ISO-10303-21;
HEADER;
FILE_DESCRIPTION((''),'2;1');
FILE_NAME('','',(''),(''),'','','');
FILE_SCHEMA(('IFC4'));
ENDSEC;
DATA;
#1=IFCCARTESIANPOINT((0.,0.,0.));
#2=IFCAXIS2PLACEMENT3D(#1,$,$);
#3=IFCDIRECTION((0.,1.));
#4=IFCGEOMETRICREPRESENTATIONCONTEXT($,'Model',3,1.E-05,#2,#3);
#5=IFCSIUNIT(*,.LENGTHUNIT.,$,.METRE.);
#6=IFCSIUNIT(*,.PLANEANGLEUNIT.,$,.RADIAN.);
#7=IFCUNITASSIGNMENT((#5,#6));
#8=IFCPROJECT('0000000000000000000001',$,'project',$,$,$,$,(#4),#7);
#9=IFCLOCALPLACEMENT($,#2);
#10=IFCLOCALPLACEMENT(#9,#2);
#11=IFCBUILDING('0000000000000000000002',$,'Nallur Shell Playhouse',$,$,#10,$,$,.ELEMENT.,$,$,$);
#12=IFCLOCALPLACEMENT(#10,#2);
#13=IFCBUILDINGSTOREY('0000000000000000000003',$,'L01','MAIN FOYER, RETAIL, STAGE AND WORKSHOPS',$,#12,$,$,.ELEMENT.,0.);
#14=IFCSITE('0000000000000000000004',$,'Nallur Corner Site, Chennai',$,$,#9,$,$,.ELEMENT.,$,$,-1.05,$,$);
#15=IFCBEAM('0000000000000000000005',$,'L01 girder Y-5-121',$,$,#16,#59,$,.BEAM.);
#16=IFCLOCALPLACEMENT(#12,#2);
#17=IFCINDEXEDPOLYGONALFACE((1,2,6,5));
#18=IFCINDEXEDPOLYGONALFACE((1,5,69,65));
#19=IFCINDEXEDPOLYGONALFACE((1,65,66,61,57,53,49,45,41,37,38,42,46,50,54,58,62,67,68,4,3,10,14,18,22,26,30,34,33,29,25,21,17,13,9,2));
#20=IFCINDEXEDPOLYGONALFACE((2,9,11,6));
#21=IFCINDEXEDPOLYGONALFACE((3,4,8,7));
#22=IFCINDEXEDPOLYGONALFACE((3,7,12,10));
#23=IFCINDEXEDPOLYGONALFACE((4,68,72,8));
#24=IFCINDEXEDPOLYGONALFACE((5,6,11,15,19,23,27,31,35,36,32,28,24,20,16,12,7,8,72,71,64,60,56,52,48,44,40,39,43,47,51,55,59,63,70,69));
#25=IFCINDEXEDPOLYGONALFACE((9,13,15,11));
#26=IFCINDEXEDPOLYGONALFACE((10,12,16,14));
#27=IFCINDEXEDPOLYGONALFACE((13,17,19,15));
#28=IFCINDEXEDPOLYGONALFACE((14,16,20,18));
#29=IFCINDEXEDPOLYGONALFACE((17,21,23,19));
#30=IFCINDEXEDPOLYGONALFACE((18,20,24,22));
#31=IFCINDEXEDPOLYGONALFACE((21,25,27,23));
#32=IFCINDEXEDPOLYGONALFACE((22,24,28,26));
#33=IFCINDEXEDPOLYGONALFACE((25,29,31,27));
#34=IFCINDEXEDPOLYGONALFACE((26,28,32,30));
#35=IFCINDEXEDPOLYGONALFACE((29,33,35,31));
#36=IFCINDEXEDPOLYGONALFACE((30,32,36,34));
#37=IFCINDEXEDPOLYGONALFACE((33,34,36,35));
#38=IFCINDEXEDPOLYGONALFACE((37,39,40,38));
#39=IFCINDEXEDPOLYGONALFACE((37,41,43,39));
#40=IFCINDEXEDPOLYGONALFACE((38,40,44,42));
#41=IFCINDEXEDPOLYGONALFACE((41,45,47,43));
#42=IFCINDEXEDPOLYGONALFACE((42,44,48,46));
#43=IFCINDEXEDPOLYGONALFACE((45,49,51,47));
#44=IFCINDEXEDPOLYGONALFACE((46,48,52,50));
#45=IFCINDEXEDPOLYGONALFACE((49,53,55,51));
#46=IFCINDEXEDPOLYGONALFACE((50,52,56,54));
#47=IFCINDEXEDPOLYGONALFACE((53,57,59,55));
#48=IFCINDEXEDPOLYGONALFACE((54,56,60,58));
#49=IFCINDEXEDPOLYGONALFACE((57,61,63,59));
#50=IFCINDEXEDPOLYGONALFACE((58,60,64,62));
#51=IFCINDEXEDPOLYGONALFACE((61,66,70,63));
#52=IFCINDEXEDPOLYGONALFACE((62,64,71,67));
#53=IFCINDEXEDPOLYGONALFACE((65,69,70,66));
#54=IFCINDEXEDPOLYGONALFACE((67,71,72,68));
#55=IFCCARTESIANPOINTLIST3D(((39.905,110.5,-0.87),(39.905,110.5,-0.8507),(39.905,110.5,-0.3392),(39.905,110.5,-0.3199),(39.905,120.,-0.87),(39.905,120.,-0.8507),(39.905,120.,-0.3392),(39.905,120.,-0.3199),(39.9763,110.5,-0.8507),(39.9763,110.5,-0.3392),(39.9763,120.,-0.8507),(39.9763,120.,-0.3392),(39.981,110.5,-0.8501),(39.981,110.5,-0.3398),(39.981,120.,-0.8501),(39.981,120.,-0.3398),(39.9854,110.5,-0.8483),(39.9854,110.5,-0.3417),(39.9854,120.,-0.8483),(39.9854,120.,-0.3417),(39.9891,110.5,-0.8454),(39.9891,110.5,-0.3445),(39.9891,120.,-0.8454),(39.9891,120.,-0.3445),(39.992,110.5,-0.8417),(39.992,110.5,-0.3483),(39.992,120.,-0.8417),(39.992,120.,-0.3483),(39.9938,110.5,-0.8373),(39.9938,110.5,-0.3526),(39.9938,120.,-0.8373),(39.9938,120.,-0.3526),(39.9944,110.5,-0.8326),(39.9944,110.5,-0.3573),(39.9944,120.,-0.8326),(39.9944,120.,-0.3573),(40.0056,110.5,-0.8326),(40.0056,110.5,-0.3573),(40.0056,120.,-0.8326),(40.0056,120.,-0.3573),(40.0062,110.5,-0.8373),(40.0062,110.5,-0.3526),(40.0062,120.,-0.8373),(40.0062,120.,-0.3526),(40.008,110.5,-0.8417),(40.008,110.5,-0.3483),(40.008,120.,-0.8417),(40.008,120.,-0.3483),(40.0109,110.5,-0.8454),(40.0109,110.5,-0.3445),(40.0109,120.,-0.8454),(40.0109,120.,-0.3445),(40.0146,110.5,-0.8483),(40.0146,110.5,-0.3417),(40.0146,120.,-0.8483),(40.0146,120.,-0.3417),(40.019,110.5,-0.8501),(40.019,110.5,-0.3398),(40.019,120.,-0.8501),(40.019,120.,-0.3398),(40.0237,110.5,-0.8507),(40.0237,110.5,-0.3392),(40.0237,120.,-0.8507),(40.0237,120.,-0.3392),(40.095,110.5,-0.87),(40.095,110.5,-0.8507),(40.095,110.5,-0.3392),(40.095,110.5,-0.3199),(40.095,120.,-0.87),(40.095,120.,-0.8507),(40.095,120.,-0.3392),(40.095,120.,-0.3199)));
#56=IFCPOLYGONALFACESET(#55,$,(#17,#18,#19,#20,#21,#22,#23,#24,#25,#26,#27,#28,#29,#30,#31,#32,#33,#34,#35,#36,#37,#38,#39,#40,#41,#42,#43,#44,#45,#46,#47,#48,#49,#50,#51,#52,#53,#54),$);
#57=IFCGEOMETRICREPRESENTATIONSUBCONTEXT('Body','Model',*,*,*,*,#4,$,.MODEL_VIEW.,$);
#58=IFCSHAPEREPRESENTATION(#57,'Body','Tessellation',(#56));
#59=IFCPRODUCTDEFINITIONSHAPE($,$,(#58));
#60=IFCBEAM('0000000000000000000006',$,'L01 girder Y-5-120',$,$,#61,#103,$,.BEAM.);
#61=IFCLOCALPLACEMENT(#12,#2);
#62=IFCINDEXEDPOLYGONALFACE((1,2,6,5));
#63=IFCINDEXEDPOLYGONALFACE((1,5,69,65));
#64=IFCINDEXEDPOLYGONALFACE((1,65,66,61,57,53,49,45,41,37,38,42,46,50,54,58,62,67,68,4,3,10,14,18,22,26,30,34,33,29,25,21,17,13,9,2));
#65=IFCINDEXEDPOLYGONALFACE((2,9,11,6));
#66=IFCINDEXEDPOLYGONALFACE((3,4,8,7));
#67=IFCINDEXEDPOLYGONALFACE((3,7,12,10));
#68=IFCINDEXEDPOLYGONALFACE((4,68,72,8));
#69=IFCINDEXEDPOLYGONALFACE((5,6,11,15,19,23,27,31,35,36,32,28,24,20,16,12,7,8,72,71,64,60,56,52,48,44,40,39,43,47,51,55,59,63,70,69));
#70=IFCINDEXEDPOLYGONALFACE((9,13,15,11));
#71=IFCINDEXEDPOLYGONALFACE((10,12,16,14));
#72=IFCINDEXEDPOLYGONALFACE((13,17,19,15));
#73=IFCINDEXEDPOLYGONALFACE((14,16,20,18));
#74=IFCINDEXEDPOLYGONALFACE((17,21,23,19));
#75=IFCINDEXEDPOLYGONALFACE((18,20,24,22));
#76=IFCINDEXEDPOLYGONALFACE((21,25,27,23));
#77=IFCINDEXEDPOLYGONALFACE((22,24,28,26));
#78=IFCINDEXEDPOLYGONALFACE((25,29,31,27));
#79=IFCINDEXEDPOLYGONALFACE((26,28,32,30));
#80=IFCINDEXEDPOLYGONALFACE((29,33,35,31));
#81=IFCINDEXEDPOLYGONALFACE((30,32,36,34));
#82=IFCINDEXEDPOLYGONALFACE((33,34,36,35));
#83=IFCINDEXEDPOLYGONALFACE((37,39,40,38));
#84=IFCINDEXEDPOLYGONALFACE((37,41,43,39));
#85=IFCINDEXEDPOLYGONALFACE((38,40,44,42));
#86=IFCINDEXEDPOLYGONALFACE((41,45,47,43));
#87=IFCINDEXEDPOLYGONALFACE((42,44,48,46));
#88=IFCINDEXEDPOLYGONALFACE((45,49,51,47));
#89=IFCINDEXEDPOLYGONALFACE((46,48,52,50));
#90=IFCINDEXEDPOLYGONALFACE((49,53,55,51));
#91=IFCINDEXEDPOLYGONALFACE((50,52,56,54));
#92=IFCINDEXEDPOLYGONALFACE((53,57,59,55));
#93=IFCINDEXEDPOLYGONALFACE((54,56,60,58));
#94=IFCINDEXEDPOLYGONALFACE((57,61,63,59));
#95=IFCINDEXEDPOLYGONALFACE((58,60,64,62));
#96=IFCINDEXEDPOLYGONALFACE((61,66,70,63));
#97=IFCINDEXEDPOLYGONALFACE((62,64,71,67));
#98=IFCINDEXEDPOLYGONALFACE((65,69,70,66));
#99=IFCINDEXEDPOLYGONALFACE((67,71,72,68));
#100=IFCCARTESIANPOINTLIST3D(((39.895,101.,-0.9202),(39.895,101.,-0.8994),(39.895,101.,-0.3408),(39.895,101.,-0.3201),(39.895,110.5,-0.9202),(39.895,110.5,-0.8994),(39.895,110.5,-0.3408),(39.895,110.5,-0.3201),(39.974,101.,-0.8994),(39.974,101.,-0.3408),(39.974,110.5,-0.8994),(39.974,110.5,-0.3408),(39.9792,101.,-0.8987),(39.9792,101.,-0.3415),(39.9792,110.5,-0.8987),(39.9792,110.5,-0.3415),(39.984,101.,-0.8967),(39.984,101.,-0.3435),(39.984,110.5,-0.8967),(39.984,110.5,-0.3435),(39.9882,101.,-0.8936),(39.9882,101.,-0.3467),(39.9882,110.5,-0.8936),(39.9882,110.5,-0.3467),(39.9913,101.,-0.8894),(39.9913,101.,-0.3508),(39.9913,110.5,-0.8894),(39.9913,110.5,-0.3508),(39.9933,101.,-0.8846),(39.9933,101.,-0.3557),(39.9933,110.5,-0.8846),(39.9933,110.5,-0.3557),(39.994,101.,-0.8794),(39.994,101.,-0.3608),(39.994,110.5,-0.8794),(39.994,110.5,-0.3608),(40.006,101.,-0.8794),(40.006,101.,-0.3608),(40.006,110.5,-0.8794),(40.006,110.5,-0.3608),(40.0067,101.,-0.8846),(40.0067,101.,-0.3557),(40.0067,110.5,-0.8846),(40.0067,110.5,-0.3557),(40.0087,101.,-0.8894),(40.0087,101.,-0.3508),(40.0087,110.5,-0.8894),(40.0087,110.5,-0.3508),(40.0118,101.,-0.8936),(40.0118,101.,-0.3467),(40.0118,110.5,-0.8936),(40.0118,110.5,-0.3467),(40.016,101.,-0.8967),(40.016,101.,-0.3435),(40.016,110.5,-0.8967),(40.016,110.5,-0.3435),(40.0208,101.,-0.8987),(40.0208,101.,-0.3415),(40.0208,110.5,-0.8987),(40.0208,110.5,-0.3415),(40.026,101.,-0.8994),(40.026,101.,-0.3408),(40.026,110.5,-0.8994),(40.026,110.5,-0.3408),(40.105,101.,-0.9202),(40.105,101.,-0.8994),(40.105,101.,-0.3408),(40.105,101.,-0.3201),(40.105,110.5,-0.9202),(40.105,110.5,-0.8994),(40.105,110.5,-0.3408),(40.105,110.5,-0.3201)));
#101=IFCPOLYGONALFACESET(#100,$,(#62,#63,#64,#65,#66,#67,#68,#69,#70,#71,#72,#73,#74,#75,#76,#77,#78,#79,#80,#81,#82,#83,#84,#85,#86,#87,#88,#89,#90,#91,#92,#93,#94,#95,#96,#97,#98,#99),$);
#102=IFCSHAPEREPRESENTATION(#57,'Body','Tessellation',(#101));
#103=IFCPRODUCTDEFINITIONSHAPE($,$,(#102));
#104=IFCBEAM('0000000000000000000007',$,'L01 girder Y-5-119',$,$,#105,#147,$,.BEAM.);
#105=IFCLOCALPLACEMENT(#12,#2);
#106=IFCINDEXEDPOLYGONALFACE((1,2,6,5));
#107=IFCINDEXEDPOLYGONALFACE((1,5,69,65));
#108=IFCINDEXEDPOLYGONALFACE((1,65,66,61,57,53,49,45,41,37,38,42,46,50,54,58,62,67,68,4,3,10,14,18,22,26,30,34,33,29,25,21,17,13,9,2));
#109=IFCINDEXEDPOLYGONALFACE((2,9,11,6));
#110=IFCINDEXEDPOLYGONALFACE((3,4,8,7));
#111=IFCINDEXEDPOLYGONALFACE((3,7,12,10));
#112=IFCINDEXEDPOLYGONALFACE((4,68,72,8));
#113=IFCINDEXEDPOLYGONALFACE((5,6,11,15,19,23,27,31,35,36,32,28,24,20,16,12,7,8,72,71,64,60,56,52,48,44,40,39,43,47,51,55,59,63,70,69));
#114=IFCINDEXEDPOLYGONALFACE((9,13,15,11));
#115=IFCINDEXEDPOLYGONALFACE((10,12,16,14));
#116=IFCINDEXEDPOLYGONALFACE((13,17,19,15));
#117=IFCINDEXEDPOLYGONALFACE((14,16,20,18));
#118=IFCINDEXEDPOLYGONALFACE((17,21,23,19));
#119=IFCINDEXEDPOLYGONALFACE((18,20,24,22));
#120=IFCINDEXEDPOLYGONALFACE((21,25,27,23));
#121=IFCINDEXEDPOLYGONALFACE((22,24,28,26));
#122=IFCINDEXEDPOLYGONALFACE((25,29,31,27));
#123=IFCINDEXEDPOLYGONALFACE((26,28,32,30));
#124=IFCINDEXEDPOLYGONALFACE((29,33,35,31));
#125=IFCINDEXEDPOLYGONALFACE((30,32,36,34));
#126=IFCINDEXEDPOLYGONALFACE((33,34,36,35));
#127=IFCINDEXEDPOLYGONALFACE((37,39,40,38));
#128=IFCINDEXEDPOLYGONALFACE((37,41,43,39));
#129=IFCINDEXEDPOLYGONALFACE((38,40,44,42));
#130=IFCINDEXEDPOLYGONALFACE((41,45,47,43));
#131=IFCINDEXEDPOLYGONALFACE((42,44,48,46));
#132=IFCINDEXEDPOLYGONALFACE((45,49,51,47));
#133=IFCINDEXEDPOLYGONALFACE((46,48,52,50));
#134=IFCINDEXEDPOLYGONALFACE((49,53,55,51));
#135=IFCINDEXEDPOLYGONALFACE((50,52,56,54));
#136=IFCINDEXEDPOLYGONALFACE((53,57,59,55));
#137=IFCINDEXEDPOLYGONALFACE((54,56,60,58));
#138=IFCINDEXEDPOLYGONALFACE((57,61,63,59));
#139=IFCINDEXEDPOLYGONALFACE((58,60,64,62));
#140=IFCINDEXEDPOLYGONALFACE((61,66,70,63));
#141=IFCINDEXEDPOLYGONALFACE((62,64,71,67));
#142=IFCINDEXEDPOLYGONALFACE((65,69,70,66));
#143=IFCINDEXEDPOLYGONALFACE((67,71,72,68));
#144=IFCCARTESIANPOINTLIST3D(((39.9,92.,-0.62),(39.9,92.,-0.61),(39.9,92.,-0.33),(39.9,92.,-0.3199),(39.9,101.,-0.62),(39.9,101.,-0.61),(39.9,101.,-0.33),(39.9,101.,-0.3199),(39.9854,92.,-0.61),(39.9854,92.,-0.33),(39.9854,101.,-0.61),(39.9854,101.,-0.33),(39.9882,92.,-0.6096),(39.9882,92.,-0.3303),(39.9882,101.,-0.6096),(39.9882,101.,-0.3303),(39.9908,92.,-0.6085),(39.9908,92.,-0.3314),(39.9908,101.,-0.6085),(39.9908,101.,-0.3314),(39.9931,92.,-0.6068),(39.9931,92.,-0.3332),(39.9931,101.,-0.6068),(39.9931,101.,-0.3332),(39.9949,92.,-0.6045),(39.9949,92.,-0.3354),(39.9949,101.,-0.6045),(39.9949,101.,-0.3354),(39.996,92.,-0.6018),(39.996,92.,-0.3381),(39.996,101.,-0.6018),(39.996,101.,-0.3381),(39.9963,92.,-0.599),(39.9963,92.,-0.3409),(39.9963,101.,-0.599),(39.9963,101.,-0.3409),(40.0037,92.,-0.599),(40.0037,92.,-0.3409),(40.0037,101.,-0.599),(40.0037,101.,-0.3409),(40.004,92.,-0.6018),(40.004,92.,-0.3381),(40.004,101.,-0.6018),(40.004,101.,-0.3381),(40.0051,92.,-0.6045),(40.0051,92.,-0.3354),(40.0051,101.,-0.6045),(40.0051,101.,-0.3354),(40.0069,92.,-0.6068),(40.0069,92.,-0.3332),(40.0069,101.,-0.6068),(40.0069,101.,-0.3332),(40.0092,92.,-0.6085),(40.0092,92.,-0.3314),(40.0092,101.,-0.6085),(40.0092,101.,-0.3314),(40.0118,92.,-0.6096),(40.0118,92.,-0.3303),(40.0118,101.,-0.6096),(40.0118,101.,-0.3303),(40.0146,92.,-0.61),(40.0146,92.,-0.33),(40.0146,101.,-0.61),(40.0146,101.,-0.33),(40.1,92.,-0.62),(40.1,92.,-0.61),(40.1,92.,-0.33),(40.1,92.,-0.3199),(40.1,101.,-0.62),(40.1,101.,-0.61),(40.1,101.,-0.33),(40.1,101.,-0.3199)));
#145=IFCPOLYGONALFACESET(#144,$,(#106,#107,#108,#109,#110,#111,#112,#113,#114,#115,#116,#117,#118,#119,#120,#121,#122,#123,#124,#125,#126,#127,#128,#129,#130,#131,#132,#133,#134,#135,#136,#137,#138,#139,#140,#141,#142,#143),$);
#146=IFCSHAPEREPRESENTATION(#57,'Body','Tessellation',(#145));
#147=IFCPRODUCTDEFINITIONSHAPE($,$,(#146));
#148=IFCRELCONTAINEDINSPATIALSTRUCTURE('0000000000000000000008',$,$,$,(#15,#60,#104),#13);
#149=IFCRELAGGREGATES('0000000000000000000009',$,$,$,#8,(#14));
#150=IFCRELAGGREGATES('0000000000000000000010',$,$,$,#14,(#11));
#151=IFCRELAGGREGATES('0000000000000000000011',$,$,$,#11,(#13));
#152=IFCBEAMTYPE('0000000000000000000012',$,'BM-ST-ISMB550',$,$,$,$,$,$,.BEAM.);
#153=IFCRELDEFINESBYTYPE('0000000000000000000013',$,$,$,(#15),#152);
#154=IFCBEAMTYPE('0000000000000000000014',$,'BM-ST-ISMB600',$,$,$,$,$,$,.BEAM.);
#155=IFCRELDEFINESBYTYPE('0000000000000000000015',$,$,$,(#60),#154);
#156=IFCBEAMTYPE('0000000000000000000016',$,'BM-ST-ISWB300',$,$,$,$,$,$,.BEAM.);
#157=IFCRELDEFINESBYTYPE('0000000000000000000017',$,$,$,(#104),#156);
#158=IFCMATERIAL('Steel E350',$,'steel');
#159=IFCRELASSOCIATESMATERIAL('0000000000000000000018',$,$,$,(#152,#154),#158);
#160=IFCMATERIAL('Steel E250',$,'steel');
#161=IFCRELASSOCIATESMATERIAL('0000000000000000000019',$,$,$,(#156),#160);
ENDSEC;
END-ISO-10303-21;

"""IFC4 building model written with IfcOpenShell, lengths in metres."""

from ifc_helpers import new_model, si_unit, direction, frame, origin, origin_2d, place, context, subcontext, project, spatial, i_section, extrude, material, material_profile, profile_set, type_object, element, save


model = new_model("IFC4")

# Units and contexts
model_context = context("Model", 3, precision=1e-05, world=origin(), true_north=direction((0.0, 1.0)))
body_context = subcontext(model_context, "Body", "Model", "MODEL_VIEW")
ifc_project = project(units=[si_unit("LENGTHUNIT", "METRE"), si_unit("PLANEANGLEUNIT", "RADIAN")], contexts=[model_context])

# Site, building, storey
site_placement = place(None, origin())
site = spatial("IfcSite", under=ifc_project, at=site_placement, Name="Nallur Corner Site, Chennai", CompositionType="ELEMENT", RefElevation=-1.05)
building_placement = place(site_placement, origin())
building = spatial("IfcBuilding", under=site, at=building_placement, Name="Nallur Shell Playhouse", CompositionType="ELEMENT")
storey_placement = place(building_placement, origin())
storey = spatial("IfcBuildingStorey", under=building, at=storey_placement, Name="L01", Description="MAIN FOYER, RETAIL, STAGE AND WORKSHOPS", CompositionType="ELEMENT", Elevation=0.0)

# Beams
ifc_material_1 = material(Name="Steel E250", Category="steel")
ifc_material_2 = material(Name="Steel E350", Category="steel")
ifc_material_profile_1 = material_profile(ifc_material_2, i_section(OverallWidth=0.1899, OverallDepth=0.55, WebThickness=0.0112, FlangeThickness=0.0193, FilletRadius=0.0181, at=origin_2d()), Name="ISMB 550")
ifc_profile_set_1 = profile_set([ifc_material_profile_1], Name="Steel E350")
beam_type_1 = type_object("IfcBeamType", Name="BM-ST-ISMB550", PredefinedType="BEAM", material=ifc_profile_set_1)
beam_1_placement = place(storey_placement, frame((40.0, 110.5, -0.595), z_axis=(0.0, 1.0, 0.0), x_axis=(-1.0, 0.0, 0.0)))
element("IfcBeam", 1, at=beam_1_placement, inside=storey, type_object=beam_type_1, Name="L01 girder Y-5-121", PredefinedType="BEAM", context=body_context, shape_type="SweptSolid", body=[
    extrude(i_section(OverallWidth=0.1899, OverallDepth=0.55, WebThickness=0.0112, FlangeThickness=0.0193, FilletRadius=0.0181, at=origin_2d()), origin(), (0.0, 0.0, 1.0), 9.5),
])
ifc_material_profile_2 = material_profile(ifc_material_2, i_section(OverallWidth=0.21, OverallDepth=0.6001, WebThickness=0.012, FlangeThickness=0.0208, FilletRadius=0.02, at=origin_2d()), Name="ISMB 600")
ifc_profile_set_2 = profile_set([ifc_material_profile_2], Name="Steel E350")
beam_type_2 = type_object("IfcBeamType", Name="BM-ST-ISMB600", PredefinedType="BEAM", material=ifc_profile_set_2)
beam_2_placement = place(storey_placement, frame((40.0, 101.0, -0.6201), z_axis=(0.0, 1.0, 0.0), x_axis=(-1.0, 0.0, 0.0)))
element("IfcBeam", 2, at=beam_2_placement, inside=storey, type_object=beam_type_2, Name="L01 girder Y-5-120", PredefinedType="BEAM", context=body_context, shape_type="SweptSolid", body=[
    extrude(i_section(OverallWidth=0.21, OverallDepth=0.6001, WebThickness=0.012, FlangeThickness=0.0208, FilletRadius=0.02, at=origin_2d()), origin(), (0.0, 0.0, 1.0), 9.5),
])
ifc_material_profile_3 = material_profile(ifc_material_1, i_section(OverallWidth=0.2, OverallDepth=0.3, WebThickness=0.0073, FlangeThickness=0.01, FilletRadius=0.011, at=origin_2d()), Name="ISWB 300")
ifc_profile_set_3 = profile_set([ifc_material_profile_3], Name="Steel E250")
beam_type_3 = type_object("IfcBeamType", Name="BM-ST-ISWB300", PredefinedType="BEAM", material=ifc_profile_set_3)
beam_3_placement = place(storey_placement, frame((40.0, 92.0, -0.47), z_axis=(0.0, 1.0, 0.0), x_axis=(-1.0, 0.0, 0.0)))
element("IfcBeam", 3, at=beam_3_placement, inside=storey, type_object=beam_type_3, Name="L01 girder Y-5-119", PredefinedType="BEAM", context=body_context, shape_type="SweptSolid", body=[
    extrude(i_section(OverallWidth=0.2, OverallDepth=0.3, WebThickness=0.0073, FlangeThickness=0.01, FilletRadius=0.011, at=origin_2d()), origin(), (0.0, 0.0, 1.0), 9.0),
])

save(model, "model.ifc")
